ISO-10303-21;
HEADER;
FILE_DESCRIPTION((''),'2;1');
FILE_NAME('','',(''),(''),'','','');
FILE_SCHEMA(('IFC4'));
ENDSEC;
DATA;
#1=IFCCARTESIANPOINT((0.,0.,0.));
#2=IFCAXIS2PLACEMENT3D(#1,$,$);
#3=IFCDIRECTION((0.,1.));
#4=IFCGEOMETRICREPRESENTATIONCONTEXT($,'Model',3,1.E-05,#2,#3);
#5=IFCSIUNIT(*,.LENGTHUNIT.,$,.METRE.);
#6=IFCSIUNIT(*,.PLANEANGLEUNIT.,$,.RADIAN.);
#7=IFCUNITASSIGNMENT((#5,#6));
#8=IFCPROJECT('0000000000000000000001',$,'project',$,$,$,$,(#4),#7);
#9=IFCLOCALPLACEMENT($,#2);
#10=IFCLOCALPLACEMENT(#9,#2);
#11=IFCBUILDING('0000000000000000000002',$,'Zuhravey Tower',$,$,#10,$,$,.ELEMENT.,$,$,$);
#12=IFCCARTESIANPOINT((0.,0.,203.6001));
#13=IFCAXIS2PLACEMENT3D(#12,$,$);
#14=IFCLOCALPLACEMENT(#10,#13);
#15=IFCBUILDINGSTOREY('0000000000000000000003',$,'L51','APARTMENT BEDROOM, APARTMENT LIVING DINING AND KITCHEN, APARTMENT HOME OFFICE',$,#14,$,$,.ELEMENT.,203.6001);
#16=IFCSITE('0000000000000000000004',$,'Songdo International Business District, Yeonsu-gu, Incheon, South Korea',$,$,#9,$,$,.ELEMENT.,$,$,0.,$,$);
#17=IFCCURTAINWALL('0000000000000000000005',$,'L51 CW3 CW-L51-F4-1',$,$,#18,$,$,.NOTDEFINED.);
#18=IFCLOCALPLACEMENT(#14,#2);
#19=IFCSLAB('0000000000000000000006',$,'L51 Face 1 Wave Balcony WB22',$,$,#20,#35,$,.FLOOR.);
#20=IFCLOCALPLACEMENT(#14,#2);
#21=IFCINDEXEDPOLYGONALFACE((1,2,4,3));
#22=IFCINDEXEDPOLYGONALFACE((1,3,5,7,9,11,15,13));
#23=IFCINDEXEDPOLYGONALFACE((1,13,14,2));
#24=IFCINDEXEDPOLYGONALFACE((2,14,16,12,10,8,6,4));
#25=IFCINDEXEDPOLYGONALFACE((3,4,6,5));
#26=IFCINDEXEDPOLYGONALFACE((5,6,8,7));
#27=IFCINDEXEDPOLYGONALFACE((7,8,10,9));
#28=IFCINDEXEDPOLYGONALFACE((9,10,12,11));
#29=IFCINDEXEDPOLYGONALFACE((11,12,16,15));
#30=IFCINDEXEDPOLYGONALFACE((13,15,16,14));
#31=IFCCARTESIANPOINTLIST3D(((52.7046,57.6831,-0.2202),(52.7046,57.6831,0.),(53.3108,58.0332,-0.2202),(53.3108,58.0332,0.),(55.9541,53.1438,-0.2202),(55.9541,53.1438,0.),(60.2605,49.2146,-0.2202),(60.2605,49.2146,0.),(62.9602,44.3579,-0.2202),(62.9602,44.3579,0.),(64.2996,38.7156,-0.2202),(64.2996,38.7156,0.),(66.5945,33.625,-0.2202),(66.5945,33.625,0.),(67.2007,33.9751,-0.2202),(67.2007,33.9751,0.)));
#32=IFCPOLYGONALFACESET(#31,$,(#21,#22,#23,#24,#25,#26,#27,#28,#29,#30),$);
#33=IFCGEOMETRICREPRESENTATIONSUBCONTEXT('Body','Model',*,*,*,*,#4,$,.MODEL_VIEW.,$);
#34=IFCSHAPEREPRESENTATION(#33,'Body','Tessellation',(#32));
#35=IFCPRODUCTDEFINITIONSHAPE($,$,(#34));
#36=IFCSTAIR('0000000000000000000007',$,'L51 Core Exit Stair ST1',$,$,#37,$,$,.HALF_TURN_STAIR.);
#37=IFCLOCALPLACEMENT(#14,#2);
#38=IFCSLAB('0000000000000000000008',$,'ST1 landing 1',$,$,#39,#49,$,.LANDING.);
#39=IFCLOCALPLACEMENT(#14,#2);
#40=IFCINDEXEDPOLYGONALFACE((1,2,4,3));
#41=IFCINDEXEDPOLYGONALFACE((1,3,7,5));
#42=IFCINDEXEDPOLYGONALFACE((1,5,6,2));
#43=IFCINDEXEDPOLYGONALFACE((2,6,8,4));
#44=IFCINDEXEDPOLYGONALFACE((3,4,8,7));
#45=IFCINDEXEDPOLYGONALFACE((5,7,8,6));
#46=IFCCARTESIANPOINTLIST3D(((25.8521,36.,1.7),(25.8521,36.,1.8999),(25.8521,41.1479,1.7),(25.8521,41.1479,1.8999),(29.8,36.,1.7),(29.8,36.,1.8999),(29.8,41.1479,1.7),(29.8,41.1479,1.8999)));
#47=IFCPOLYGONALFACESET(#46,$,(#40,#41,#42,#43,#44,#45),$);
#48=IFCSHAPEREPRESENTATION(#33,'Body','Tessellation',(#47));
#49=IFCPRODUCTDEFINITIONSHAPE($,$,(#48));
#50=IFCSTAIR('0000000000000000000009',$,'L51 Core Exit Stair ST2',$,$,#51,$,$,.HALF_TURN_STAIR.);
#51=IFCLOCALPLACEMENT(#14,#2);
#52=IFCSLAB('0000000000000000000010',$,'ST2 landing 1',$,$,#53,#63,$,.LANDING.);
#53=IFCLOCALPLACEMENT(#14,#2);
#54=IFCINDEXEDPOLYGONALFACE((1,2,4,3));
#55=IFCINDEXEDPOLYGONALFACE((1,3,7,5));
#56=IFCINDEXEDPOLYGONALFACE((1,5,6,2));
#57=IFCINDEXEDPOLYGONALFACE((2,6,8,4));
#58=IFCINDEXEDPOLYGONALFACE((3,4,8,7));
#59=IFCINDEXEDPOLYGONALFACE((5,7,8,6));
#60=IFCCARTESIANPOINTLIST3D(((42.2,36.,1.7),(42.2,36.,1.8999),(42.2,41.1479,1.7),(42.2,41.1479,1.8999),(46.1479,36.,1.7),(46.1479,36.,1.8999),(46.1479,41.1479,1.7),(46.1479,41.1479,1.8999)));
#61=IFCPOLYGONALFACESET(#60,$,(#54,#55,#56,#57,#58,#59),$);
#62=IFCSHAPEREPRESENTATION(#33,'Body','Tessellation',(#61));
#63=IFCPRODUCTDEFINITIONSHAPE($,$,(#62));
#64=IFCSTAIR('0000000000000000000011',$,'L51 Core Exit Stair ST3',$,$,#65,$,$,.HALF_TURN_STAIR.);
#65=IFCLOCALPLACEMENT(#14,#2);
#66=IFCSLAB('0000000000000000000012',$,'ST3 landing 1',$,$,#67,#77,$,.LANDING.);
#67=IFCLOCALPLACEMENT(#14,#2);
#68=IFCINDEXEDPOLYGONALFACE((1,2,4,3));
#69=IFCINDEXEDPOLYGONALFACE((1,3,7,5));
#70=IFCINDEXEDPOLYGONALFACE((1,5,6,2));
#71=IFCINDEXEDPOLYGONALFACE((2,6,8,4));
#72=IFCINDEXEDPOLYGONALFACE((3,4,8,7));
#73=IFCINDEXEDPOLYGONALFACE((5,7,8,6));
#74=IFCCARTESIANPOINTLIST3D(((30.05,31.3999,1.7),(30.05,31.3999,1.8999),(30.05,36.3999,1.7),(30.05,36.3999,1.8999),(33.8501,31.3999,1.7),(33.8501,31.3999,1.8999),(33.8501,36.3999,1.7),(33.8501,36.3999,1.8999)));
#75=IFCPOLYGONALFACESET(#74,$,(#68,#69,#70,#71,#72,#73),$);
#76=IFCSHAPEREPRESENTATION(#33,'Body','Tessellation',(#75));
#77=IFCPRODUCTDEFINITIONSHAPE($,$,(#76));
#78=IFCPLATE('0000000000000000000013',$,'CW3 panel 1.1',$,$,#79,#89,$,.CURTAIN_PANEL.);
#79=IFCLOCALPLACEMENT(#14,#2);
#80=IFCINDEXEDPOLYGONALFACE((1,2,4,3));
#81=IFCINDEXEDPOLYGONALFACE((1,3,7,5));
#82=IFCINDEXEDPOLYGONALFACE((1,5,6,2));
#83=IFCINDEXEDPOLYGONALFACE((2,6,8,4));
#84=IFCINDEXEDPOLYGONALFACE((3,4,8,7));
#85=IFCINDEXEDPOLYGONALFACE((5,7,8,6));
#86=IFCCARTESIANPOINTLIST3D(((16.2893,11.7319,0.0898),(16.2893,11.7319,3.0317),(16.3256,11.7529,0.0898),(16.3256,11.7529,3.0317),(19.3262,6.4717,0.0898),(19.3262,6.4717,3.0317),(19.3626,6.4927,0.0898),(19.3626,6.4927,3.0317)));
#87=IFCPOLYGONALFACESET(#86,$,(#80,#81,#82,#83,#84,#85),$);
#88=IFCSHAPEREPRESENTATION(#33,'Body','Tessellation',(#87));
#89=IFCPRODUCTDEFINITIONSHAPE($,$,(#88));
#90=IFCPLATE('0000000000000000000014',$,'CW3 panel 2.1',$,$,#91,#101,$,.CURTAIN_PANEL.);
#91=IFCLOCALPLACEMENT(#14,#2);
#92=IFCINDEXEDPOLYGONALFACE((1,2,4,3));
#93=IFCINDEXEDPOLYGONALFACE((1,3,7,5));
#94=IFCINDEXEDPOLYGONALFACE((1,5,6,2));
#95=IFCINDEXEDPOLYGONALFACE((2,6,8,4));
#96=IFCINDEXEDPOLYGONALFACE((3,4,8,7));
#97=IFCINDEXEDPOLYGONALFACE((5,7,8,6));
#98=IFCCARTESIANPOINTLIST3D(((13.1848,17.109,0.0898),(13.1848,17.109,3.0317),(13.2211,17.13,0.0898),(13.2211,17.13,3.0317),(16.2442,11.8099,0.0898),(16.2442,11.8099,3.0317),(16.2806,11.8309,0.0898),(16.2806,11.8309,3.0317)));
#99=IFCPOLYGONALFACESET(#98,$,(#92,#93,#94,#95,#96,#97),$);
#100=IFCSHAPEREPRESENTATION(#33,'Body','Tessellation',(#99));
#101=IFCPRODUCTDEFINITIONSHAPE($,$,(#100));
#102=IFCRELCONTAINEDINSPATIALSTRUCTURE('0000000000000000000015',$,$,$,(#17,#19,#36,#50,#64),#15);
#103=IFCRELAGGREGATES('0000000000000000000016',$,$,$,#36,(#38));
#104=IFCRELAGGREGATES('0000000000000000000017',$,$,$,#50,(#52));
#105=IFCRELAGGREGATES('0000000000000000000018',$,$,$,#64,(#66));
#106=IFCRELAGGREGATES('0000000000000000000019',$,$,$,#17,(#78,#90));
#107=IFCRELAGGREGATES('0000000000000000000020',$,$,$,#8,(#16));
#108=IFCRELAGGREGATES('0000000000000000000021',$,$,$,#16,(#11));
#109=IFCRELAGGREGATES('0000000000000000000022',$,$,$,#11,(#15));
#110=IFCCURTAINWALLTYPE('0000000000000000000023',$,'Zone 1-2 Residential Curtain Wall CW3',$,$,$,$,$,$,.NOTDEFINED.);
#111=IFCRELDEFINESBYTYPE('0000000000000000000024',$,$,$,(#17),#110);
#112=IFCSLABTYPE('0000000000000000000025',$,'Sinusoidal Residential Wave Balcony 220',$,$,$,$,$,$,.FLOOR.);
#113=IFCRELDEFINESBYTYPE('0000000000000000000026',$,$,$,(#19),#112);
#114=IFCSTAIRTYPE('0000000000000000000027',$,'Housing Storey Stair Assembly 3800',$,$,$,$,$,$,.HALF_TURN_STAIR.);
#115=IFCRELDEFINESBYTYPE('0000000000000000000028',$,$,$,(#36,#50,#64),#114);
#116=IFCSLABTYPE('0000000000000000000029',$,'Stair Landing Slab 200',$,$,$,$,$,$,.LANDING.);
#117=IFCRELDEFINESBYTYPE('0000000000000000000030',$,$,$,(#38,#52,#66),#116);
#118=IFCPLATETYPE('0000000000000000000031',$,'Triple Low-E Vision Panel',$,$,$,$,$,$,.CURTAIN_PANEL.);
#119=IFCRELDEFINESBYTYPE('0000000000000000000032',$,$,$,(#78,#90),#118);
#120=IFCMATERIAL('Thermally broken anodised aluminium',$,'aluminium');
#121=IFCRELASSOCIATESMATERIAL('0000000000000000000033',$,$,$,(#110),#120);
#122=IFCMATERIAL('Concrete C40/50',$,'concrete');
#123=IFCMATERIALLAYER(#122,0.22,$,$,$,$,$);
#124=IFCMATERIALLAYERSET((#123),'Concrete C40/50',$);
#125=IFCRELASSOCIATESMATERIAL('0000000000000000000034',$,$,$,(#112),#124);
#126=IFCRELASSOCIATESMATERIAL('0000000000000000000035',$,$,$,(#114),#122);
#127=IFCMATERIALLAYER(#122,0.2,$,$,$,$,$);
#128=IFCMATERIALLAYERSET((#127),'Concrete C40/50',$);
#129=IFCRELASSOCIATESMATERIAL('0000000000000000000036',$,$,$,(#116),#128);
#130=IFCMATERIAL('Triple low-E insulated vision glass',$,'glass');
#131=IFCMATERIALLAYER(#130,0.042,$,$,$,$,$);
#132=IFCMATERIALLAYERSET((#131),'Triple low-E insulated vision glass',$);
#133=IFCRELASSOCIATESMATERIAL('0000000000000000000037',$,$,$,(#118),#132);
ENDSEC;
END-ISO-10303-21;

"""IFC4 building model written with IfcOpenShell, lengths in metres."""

from ifc_helpers import new_model, si_unit, direction, frame, origin, origin_2d, place, context, subcontext, project, spatial, polyline, rectangle, outline, extrude, material, layer, layer_set, type_object, element, aggregate, save


model = new_model("IFC4")

# Units and contexts
model_context = context("Model", 3, precision=1e-05, world=origin(), true_north=direction((0.0, 1.0)))
body_context = subcontext(model_context, "Body", "Model", "MODEL_VIEW")
ifc_project = project(units=[si_unit("LENGTHUNIT", "METRE"), si_unit("PLANEANGLEUNIT", "RADIAN")], contexts=[model_context])

# Site, building, storey
site_placement = place(None, origin())
site = spatial("IfcSite", under=ifc_project, at=site_placement, Name="Songdo International Business District, Yeonsu-gu, Incheon, South Korea", CompositionType="ELEMENT", RefElevation=0.0)
building_placement = place(site_placement, origin())
building = spatial("IfcBuilding", under=site, at=building_placement, Name="Zuhravey Tower", CompositionType="ELEMENT")
storey_placement = place(building_placement, frame((0.0, 0.0, 203.6001)))
storey = spatial("IfcBuildingStorey", under=building, at=storey_placement, Name="L51", Description="APARTMENT BEDROOM, APARTMENT LIVING DINING AND KITCHEN, APARTMENT HOME OFFICE", CompositionType="ELEMENT", Elevation=203.6001)

# Curtain wall
ifc_material_1 = material(Name="Thermally broken anodised aluminium", Category="aluminium")
curtain_wall_type = type_object("IfcCurtainWallType", Name="Zone 1-2 Residential Curtain Wall CW3", PredefinedType="NOTDEFINED", material=ifc_material_1)
curtain_wall_placement = place(storey_placement, origin())
curtain_wall = element("IfcCurtainWall", 1, at=curtain_wall_placement, inside=storey, type_object=curtain_wall_type, Name="L51 CW3 CW-L51-F4-1", PredefinedType="NOTDEFINED")

# Slab
ifc_material_2 = material(Name="Concrete C40/50", Category="concrete")
ifc_layer_1 = layer(ifc_material_2, 0.22)
ifc_layer_set_1 = layer_set([ifc_layer_1], Name="Concrete C40/50")
slab_type_1 = type_object("IfcSlabType", Name="Sinusoidal Residential Wave Balcony 220", PredefinedType="FLOOR", material=ifc_layer_set_1)
slab_1_placement = place(storey_placement, frame((0.0, 0.0, -0.2202)))
element("IfcSlab", 2, at=slab_1_placement, inside=storey, type_object=slab_type_1, Name="L51 Face 1 Wave Balcony WB22", PredefinedType="FLOOR", context=body_context, shape_type="SweptSolid", body=[
    extrude(outline(polyline([(66.5945, 33.625), (52.7046, 57.6831), (53.3108, 58.0332), (55.9541, 53.1438), (60.2605, 49.2146), (62.9602, 44.3579), (64.2996, 38.7156), (67.2007, 33.9751), (66.5945, 33.625)])), origin(), (0.0, 0.0, 1.0), 0.2202),
])

# Stairs, slabs
stair_type = type_object("IfcStairType", Name="Housing Storey Stair Assembly 3800", PredefinedType="HALF_TURN_STAIR", material=ifc_material_2)
stair_1_placement = place(storey_placement, origin())
stair_1 = element("IfcStair", 3, at=stair_1_placement, inside=storey, type_object=stair_type, Name="L51 Core Exit Stair ST1", PredefinedType="HALF_TURN_STAIR")
ifc_layer_2 = layer(ifc_material_2, 0.2)
ifc_layer_set_2 = layer_set([ifc_layer_2], Name="Concrete C40/50")
slab_type_2 = type_object("IfcSlabType", Name="Stair Landing Slab 200", PredefinedType="LANDING", material=ifc_layer_set_2)
slab_2_placement = place(storey_placement, frame((0.0, 0.0, 1.7)))
slab_2 = element("IfcSlab", 4, at=slab_2_placement, type_object=slab_type_2, Name="ST1 landing 1", PredefinedType="LANDING", context=body_context, shape_type="SweptSolid", body=[
    extrude(outline(polyline([(29.8, 36.0), (29.8, 41.1479), (25.8521, 41.1479), (25.8521, 36.0), (29.8, 36.0)])), origin(), (0.0, 0.0, 1.0), 0.2),
])
aggregate(stair_1, [slab_2])
stair_2_placement = place(storey_placement, origin())
stair_2 = element("IfcStair", 5, at=stair_2_placement, inside=storey, type_object=stair_type, Name="L51 Core Exit Stair ST2", PredefinedType="HALF_TURN_STAIR")
slab_3_placement = place(storey_placement, frame((0.0, 0.0, 1.7)))
slab_3 = element("IfcSlab", 6, at=slab_3_placement, type_object=slab_type_2, Name="ST2 landing 1", PredefinedType="LANDING", context=body_context, shape_type="SweptSolid", body=[
    extrude(outline(polyline([(46.1479, 36.0), (46.1479, 41.1479), (42.2, 41.1479), (42.2, 36.0), (46.1479, 36.0)])), origin(), (0.0, 0.0, 1.0), 0.2),
])
aggregate(stair_2, [slab_3])
stair_3_placement = place(storey_placement, origin())
stair_3 = element("IfcStair", 7, at=stair_3_placement, inside=storey, type_object=stair_type, Name="L51 Core Exit Stair ST3", PredefinedType="HALF_TURN_STAIR")
slab_4_placement = place(storey_placement, frame((0.0, 0.0, 1.7)))
slab_4 = element("IfcSlab", 8, at=slab_4_placement, type_object=slab_type_2, Name="ST3 landing 1", PredefinedType="LANDING", context=body_context, shape_type="SweptSolid", body=[
    extrude(outline(polyline([(30.05, 36.3999), (30.05, 31.3999), (33.8501, 31.3999), (33.8501, 36.3999), (30.05, 36.3999)])), origin(), (0.0, 0.0, 1.0), 0.2),
])
aggregate(stair_3, [slab_4])

# Plates
ifc_material_3 = material(Name="Triple low-E insulated vision glass", Category="glass")
ifc_layer_3 = layer(ifc_material_3, 0.042)
ifc_layer_set_3 = layer_set([ifc_layer_3], Name="Triple low-E insulated vision glass")
plate_type = type_object("IfcPlateType", Name="Triple Low-E Vision Panel", PredefinedType="CURTAIN_PANEL", material=ifc_layer_set_3)
plate_1_placement = place(storey_placement, frame((17.8259, 9.1123, 0.0898), z_axis=(0.0, 0.0, 1.0), x_axis=(-0.5, 0.866025, 0.0)))
plate_1 = element("IfcPlate", 9, at=plate_1_placement, type_object=plate_type, Name="CW3 panel 1.1", PredefinedType="CURTAIN_PANEL", context=body_context, shape_type="SweptSolid", body=[
    extrude(rectangle(XDim=6.074, YDim=0.042, at=origin_2d()), origin(), (0.0, 0.0, 1.0), 2.9419),
])
plate_2_placement = place(storey_placement, frame((14.7327, 14.47, 0.0898), z_axis=(0.0, 0.0, 1.0), x_axis=(-0.5, 0.866025, 0.0)))
plate_2 = element("IfcPlate", 10, at=plate_2_placement, type_object=plate_type, Name="CW3 panel 2.1", PredefinedType="CURTAIN_PANEL", context=body_context, shape_type="SweptSolid", body=[
    extrude(rectangle(XDim=6.1189, YDim=0.042, at=origin_2d()), origin(), (0.0, 0.0, 1.0), 2.9419),
])
aggregate(curtain_wall, [plate_1, plate_2])

save(model, "model.ifc")
